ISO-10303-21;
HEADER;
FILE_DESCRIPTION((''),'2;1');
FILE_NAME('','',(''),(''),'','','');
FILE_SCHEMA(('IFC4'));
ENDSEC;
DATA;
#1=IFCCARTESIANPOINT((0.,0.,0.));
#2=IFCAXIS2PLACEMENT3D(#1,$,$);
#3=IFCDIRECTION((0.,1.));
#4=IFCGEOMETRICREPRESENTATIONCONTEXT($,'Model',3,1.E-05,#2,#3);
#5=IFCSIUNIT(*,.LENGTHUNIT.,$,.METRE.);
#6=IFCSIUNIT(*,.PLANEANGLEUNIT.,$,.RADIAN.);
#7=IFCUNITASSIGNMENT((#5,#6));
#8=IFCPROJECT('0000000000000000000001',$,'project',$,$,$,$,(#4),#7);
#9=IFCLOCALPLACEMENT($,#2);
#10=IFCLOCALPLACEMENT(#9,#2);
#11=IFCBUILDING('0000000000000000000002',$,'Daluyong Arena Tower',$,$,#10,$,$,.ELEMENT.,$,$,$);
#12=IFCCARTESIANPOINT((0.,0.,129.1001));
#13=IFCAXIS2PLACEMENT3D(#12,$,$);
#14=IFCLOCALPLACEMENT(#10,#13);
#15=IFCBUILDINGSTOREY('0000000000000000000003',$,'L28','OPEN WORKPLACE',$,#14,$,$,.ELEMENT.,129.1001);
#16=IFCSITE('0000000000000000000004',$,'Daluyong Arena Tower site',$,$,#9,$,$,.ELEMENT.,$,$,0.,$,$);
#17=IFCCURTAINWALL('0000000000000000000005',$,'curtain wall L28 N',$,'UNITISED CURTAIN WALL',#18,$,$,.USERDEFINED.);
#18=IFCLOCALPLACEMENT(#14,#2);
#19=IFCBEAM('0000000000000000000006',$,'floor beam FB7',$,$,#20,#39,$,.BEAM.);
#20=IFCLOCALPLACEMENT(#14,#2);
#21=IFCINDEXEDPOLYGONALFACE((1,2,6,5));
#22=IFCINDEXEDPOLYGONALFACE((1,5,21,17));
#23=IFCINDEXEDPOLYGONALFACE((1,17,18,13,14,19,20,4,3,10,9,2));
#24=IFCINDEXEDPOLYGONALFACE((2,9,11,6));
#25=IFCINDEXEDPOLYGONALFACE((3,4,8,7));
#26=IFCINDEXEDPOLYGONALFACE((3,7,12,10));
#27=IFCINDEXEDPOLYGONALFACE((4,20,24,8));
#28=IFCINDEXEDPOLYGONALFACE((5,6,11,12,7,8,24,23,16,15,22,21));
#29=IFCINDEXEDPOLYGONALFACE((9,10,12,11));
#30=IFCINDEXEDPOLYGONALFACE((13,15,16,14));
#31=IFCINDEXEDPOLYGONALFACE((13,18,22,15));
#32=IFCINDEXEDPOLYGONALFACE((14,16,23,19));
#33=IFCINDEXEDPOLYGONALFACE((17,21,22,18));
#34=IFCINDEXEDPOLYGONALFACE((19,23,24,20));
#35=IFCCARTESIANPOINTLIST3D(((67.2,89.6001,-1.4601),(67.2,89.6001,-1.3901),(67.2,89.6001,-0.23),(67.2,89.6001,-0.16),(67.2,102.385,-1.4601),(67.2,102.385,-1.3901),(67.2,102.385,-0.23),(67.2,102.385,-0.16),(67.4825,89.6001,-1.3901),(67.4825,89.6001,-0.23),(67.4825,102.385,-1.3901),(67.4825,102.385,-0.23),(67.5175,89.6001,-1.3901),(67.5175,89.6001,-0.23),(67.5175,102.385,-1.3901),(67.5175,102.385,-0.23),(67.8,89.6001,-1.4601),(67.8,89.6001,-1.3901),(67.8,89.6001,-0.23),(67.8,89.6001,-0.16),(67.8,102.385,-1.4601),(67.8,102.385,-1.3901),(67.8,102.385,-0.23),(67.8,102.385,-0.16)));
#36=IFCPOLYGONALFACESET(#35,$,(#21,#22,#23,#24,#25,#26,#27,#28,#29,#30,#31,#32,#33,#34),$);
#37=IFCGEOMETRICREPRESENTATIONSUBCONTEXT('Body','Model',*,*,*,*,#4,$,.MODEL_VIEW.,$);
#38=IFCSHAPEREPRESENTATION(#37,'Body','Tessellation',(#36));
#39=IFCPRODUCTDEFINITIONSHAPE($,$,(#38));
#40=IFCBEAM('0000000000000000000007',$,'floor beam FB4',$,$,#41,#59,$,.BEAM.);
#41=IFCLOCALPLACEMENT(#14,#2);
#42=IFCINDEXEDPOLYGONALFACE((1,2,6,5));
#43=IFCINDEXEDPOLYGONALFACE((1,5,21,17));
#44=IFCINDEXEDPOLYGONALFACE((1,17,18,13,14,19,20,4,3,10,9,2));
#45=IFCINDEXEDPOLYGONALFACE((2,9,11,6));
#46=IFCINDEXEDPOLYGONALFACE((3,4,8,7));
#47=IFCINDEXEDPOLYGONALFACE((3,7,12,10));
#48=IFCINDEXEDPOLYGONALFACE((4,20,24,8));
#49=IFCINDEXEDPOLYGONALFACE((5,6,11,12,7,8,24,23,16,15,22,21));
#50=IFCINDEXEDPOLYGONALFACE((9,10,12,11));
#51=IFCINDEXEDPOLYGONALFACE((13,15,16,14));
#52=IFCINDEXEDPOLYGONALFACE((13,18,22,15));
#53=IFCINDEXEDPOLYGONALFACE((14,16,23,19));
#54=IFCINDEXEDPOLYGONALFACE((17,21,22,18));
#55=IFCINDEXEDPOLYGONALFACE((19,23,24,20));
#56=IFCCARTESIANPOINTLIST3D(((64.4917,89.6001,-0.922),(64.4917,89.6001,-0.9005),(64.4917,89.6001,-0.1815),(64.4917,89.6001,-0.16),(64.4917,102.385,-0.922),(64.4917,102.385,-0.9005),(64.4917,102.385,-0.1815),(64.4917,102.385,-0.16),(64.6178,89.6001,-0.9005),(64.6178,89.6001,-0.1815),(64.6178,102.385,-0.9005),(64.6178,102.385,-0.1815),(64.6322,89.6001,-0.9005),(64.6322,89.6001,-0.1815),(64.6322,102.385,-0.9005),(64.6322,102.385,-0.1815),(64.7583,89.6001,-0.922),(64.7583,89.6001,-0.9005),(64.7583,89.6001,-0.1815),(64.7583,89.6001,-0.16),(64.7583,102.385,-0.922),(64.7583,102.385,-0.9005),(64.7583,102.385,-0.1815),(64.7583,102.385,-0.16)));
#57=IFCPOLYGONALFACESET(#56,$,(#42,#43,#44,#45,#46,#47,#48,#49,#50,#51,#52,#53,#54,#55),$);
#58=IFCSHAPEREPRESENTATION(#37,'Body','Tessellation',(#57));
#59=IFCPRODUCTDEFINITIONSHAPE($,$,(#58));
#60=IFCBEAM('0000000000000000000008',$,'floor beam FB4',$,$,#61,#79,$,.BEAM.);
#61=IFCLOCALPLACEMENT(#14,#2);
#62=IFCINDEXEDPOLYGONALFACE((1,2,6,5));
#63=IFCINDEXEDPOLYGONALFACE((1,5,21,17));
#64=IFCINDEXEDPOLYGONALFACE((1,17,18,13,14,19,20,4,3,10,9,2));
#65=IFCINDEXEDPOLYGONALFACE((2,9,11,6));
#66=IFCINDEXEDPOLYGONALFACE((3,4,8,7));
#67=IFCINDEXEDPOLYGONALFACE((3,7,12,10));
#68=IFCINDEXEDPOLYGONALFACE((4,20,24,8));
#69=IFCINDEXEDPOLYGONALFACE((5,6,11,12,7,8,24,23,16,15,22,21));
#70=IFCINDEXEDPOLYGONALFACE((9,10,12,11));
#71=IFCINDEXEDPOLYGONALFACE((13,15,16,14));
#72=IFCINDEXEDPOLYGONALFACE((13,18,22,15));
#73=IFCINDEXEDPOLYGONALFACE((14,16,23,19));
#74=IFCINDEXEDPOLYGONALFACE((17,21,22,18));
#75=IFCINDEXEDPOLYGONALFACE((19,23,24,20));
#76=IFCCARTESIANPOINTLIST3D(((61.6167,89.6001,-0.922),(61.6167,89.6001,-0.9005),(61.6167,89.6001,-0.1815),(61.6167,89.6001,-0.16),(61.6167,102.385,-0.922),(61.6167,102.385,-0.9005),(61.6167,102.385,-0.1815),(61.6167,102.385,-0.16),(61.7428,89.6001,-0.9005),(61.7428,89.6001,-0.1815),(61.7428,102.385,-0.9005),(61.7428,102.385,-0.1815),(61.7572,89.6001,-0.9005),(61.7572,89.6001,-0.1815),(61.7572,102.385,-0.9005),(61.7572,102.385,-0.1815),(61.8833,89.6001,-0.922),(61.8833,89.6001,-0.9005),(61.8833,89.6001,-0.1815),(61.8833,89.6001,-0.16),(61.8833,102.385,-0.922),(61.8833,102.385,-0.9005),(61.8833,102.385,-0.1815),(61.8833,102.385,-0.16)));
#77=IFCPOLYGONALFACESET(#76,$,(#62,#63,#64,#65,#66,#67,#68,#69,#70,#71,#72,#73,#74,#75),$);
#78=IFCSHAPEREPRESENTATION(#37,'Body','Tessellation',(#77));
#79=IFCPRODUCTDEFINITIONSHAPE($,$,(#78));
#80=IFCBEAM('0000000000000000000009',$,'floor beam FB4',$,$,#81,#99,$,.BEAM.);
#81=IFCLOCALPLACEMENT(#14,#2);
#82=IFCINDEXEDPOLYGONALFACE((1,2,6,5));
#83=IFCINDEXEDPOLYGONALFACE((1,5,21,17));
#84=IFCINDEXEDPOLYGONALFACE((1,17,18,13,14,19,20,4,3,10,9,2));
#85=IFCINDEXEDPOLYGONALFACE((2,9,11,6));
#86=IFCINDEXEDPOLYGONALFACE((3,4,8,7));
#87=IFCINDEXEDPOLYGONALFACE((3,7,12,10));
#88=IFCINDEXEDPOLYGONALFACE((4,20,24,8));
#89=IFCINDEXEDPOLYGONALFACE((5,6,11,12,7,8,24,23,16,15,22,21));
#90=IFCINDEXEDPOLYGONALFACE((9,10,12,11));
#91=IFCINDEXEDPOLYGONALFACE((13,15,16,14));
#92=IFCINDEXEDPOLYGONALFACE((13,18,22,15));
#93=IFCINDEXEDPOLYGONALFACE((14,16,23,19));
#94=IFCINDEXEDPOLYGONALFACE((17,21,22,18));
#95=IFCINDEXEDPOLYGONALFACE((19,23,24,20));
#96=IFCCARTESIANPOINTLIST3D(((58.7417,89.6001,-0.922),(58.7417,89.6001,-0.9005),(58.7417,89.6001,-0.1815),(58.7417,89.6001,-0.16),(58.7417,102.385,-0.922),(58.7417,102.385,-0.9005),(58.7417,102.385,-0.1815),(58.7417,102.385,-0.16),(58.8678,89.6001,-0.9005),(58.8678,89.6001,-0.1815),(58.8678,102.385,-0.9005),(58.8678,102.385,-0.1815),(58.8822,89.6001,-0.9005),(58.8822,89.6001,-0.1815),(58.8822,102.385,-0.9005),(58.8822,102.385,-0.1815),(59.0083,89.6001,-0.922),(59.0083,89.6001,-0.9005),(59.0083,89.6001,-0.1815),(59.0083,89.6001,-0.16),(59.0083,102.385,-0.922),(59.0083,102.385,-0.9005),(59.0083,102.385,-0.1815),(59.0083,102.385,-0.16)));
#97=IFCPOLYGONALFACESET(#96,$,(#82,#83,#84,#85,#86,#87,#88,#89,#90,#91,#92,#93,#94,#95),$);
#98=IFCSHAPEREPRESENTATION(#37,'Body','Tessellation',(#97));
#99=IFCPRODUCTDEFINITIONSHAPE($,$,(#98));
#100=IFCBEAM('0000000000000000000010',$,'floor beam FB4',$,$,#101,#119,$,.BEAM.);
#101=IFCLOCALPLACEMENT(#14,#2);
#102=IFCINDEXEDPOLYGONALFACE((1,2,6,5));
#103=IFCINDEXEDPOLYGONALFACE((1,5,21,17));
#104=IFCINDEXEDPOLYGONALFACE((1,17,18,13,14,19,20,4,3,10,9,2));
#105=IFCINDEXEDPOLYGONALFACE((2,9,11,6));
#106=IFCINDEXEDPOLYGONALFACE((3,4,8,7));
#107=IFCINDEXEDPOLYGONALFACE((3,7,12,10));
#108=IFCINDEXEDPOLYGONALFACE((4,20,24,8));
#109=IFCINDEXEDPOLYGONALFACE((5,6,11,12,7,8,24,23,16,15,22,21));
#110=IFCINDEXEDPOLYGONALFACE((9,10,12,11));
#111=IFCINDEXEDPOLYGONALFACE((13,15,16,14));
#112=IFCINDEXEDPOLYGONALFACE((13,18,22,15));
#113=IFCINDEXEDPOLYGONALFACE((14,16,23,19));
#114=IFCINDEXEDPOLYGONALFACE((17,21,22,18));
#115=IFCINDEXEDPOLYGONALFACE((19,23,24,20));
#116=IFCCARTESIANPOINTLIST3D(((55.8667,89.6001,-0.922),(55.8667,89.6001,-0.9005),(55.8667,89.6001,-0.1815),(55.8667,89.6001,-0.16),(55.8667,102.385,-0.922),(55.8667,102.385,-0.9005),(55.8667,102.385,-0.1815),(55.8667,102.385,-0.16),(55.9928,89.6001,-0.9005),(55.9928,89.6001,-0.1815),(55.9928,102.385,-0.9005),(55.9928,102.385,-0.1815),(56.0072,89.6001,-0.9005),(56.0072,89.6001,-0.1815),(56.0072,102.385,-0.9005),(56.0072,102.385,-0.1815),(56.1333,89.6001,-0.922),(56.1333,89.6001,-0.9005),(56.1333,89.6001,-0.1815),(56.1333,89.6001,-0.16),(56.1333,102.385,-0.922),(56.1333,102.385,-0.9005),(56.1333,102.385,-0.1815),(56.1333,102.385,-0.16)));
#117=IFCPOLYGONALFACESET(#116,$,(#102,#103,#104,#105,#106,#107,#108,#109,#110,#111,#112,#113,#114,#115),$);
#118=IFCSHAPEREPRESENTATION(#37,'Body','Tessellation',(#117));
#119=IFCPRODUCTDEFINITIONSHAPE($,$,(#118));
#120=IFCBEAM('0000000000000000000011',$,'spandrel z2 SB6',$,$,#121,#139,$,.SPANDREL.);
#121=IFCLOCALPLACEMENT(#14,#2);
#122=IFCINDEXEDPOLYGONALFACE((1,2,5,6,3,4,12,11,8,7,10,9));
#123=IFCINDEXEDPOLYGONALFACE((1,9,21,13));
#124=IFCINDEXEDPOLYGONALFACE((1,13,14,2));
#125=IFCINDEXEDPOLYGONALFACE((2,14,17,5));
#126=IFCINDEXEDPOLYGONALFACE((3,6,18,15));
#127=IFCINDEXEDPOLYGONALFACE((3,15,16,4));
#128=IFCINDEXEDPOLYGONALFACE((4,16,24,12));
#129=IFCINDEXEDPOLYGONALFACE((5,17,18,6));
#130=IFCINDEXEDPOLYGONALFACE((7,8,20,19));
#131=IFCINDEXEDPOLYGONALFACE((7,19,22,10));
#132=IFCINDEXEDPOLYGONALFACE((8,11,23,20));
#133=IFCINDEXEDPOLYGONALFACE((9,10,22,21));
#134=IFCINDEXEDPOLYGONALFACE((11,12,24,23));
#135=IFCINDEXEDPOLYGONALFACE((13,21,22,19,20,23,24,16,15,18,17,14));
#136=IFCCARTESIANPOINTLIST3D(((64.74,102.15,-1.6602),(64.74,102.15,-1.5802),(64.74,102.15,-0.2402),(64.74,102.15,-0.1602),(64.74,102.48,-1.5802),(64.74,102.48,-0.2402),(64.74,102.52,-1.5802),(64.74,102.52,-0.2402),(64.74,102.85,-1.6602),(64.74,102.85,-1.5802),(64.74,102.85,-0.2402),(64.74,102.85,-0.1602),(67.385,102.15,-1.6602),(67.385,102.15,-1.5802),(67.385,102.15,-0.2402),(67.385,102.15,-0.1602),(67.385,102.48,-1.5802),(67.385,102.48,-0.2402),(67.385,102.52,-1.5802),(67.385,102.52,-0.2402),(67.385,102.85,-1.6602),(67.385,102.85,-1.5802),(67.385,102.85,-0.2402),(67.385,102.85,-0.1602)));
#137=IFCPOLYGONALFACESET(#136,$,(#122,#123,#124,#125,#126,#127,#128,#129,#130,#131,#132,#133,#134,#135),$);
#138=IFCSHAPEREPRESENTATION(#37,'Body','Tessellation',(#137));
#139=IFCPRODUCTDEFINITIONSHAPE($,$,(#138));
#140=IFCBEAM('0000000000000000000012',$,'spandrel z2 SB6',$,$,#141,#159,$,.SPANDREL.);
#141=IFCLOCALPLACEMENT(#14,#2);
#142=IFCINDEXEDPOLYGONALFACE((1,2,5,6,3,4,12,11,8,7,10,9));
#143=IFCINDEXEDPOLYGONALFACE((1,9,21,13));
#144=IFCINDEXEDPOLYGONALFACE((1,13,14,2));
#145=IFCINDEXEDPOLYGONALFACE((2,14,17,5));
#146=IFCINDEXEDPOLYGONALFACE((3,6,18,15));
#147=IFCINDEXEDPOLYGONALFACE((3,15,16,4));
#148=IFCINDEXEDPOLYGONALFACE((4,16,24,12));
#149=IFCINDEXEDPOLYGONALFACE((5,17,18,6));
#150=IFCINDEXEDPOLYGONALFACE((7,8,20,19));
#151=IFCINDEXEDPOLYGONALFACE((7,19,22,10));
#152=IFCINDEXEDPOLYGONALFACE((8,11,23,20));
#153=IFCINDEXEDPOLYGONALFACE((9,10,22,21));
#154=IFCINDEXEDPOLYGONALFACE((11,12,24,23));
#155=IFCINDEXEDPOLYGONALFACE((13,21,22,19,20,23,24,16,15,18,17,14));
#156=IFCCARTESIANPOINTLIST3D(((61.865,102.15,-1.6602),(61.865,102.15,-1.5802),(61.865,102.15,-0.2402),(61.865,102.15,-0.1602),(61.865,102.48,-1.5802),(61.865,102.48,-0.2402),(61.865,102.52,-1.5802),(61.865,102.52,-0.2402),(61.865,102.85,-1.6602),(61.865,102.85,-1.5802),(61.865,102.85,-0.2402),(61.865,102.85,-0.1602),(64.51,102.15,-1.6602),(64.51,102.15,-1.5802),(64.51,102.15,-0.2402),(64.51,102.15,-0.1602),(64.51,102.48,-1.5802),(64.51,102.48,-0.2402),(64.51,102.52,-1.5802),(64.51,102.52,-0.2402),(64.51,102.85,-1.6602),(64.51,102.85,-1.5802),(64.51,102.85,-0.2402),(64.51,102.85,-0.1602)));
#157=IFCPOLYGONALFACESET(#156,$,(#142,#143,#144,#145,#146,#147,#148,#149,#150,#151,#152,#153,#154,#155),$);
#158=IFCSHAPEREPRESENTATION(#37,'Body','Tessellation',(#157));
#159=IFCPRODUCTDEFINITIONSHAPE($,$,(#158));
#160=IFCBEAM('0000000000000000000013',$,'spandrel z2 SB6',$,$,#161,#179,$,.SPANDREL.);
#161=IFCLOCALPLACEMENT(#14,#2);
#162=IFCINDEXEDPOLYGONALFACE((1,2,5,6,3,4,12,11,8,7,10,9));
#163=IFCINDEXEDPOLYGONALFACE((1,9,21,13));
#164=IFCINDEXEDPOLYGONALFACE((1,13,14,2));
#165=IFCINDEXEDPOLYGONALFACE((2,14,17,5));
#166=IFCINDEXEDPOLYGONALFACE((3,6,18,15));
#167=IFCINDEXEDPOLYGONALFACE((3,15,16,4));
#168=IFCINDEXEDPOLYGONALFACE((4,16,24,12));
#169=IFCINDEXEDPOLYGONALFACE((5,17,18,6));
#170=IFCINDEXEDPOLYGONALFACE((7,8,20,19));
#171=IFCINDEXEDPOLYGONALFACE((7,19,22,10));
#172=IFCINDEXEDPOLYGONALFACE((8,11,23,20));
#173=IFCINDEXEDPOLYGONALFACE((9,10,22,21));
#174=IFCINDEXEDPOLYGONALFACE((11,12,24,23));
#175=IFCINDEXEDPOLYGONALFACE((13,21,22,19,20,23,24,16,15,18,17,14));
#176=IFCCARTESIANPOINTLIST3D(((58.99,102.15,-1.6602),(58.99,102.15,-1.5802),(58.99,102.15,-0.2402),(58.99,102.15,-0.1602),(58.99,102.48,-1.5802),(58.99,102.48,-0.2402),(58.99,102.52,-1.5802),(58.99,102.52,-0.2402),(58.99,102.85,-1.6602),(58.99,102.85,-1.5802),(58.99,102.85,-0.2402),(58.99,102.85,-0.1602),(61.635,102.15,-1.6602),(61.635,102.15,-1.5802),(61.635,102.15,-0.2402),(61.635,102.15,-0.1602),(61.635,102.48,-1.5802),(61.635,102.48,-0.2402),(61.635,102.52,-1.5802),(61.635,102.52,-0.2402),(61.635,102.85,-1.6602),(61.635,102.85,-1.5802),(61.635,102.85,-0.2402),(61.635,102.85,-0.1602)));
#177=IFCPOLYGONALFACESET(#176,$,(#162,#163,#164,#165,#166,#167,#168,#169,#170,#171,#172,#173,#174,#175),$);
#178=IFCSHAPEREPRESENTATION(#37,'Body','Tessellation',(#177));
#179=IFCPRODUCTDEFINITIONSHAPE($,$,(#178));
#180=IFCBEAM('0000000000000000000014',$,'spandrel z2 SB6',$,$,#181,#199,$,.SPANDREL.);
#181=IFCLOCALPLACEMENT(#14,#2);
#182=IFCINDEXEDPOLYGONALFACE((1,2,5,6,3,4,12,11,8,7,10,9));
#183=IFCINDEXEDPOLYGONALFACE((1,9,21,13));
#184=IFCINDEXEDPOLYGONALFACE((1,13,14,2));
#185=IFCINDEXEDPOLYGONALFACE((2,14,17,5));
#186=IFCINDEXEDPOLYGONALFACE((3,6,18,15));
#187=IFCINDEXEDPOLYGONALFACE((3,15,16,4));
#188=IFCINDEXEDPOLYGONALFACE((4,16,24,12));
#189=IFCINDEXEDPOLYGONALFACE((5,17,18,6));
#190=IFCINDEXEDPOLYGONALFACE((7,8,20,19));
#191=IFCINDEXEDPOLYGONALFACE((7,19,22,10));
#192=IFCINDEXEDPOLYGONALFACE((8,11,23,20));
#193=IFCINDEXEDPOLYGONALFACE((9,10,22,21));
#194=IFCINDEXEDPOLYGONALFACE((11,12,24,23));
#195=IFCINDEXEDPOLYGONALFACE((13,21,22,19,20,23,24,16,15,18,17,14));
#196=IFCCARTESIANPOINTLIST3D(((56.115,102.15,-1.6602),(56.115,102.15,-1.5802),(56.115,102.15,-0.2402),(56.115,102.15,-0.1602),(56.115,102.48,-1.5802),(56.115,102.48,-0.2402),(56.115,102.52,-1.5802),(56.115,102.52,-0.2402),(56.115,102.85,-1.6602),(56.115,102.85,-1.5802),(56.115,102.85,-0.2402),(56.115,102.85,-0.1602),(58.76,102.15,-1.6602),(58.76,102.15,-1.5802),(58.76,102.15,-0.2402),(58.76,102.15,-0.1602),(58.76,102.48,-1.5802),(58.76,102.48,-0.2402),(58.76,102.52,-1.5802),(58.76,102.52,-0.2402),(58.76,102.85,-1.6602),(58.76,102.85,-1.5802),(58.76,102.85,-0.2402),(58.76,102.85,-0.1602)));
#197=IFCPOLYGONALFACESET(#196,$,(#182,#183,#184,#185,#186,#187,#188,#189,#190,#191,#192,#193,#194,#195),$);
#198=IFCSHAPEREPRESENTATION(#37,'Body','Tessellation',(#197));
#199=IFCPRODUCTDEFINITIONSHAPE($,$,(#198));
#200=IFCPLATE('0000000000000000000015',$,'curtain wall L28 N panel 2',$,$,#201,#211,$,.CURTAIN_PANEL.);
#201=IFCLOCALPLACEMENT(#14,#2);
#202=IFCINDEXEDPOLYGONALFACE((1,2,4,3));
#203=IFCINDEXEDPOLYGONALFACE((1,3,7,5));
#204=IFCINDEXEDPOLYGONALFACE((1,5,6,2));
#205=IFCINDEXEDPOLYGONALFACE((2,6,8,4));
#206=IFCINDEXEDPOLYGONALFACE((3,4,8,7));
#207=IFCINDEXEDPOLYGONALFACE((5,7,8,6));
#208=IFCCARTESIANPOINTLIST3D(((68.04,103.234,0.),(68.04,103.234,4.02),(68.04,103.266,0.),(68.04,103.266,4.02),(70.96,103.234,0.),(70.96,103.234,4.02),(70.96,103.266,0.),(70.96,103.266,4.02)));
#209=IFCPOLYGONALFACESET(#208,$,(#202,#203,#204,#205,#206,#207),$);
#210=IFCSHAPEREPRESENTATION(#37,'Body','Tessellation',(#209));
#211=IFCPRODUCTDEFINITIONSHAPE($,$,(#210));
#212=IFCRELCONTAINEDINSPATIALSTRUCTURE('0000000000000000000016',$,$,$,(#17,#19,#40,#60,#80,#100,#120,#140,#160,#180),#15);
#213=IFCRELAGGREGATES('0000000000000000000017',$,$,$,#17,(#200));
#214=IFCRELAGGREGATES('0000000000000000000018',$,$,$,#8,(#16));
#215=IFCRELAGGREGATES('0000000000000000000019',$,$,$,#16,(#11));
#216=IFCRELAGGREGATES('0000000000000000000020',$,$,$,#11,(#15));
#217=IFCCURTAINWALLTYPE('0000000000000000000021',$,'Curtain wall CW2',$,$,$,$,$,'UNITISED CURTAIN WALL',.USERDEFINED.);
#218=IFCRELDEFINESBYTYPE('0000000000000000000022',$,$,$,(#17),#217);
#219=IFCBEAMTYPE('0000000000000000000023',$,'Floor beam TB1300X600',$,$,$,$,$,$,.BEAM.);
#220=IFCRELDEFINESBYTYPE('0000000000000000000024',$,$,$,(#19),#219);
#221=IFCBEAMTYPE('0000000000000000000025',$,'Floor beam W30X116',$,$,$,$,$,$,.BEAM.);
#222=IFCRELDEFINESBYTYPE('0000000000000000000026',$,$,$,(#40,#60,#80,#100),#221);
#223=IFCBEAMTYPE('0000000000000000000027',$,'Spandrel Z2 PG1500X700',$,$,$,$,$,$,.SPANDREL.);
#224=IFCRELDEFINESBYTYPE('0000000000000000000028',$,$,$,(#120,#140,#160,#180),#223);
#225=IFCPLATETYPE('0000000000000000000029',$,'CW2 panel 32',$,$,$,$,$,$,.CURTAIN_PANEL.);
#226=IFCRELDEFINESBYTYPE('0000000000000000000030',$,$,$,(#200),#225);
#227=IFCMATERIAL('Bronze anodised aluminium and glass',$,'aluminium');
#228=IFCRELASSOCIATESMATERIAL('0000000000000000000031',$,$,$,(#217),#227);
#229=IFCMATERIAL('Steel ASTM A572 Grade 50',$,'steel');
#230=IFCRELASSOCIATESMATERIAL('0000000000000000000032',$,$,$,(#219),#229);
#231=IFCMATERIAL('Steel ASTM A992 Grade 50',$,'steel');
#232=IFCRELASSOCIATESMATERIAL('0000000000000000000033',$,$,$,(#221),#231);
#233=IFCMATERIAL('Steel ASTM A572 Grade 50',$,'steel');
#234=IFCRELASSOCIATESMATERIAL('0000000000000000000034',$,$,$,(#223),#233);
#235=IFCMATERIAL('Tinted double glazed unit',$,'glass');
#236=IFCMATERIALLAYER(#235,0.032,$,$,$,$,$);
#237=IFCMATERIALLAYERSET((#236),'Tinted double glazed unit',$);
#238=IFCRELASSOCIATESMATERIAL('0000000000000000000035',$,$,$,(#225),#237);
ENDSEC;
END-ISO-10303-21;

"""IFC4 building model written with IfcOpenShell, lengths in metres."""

from ifc_helpers import new_model, si_unit, direction, frame, origin, origin_2d, place, context, subcontext, project, spatial, rectangle, i_section, extrude, material, layer, layer_set, material_profile, profile_set, type_object, element, aggregate, save


model = new_model("IFC4")

# Units and contexts
model_context = context("Model", 3, precision=1e-05, world=origin(), true_north=direction((0.0, 1.0)))
body_context = subcontext(model_context, "Body", "Model", "MODEL_VIEW")
ifc_project = project(units=[si_unit("LENGTHUNIT", "METRE"), si_unit("PLANEANGLEUNIT", "RADIAN")], contexts=[model_context])

# Site, building, storey
site_placement = place(None, origin())
site = spatial("IfcSite", under=ifc_project, at=site_placement, Name="Daluyong Arena Tower site", CompositionType="ELEMENT", RefElevation=0.0)
building_placement = place(site_placement, origin())
building = spatial("IfcBuilding", under=site, at=building_placement, Name="Daluyong Arena Tower", CompositionType="ELEMENT")
storey_placement = place(building_placement, frame((0.0, 0.0, 129.1001)))
storey = spatial("IfcBuildingStorey", under=building, at=storey_placement, Name="L28", Description="OPEN WORKPLACE", CompositionType="ELEMENT", Elevation=129.1001)

# Curtain wall
ifc_material_1 = material(Name="Bronze anodised aluminium and glass", Category="aluminium")
curtain_wall_type = type_object("IfcCurtainWallType", Name="Curtain wall CW2", ElementType="UNITISED CURTAIN WALL", PredefinedType="USERDEFINED", material=ifc_material_1)
curtain_wall_placement = place(storey_placement, origin())
curtain_wall = element("IfcCurtainWall", 1, at=curtain_wall_placement, inside=storey, type_object=curtain_wall_type, Name="curtain wall L28 N", ObjectType="UNITISED CURTAIN WALL", PredefinedType="USERDEFINED")

# Beams
ifc_material_2 = material(Name="Steel ASTM A572 Grade 50", Category="steel")
ifc_material_profile_1 = material_profile(ifc_material_2, i_section(OverallWidth=0.6001, OverallDepth=1.3, WebThickness=0.035, FlangeThickness=0.07, at=origin_2d()))
ifc_profile_set_1 = profile_set([ifc_material_profile_1], Name="Steel ASTM A572 Grade 50")
beam_type_1 = type_object("IfcBeamType", Name="Floor beam TB1300X600", PredefinedType="BEAM", material=ifc_profile_set_1)
beam_placement = place(storey_placement, frame((67.5, 102.385, -0.8101), z_axis=(0.0, -1.0, 0.0), x_axis=(1.0, 0.0, 0.0)))
element("IfcBeam", 2, at=beam_placement, inside=storey, type_object=beam_type_1, Name="floor beam FB7", PredefinedType="BEAM", context=body_context, shape_type="SweptSolid", body=[
    extrude(i_section(OverallWidth=0.6001, OverallDepth=1.3, WebThickness=0.035, FlangeThickness=0.07, at=origin_2d()), origin(), (0.0, 0.0, 1.0), 12.7849),
])
ifc_material_3 = material(Name="Steel ASTM A992 Grade 50", Category="steel")
ifc_material_profile_2 = material_profile(ifc_material_3, i_section(OverallWidth=0.2666, OverallDepth=0.762, WebThickness=0.0144, FlangeThickness=0.0215, at=origin_2d()))
ifc_profile_set_2 = profile_set([ifc_material_profile_2], Name="Steel ASTM A992 Grade 50")
beam_type_2 = type_object("IfcBeamType", Name="Floor beam W30X116", PredefinedType="BEAM", material=ifc_profile_set_2)
for number, where, z_axis, x_axis, name in (
    (3, (64.625, 102.385, -0.541), (0.0, -1.0, 0.0), (1.0, 0.0, 0.0), "floor beam FB4"),
    (4, (61.75, 102.385, -0.541), (0.0, -1.0, 0.0), (1.0, 0.0, 0.0), "floor beam FB4"),
    (5, (58.875, 102.385, -0.541), (0.0, -1.0, 0.0), (1.0, 0.0, 0.0), "floor beam FB4"),
    (6, (56.0, 102.385, -0.541), (0.0, -1.0, 0.0), (1.0, 0.0, 0.0), "floor beam FB4"),
):
    element("IfcBeam", number, at=place(storey_placement, frame(where, z_axis=z_axis, x_axis=x_axis)), inside=storey, type_object=beam_type_2, Name=name, PredefinedType="BEAM", context=body_context, shape_type="SweptSolid", body=[
        extrude(i_section(OverallWidth=0.2666, OverallDepth=0.762, WebThickness=0.0144, FlangeThickness=0.0215, at=origin_2d()), origin(), (0.0, 0.0, 1.0), 12.7849),
    ])
ifc_material_4 = material(Name="Steel ASTM A572 Grade 50", Category="steel")
ifc_material_profile_3 = material_profile(ifc_material_4, i_section(OverallWidth=0.7, OverallDepth=1.5, WebThickness=0.04, FlangeThickness=0.08, at=origin_2d()))
ifc_profile_set_3 = profile_set([ifc_material_profile_3], Name="Steel ASTM A572 Grade 50")
beam_type_3 = type_object("IfcBeamType", Name="Spandrel Z2 PG1500X700", PredefinedType="SPANDREL", material=ifc_profile_set_3)
for number, where, z_axis, x_axis, name in (
    (7, (67.385, 102.5, -0.9102), (-1.0, 0.0, 0.0), (0.0, -1.0, 0.0), "spandrel z2 SB6"),
    (8, (64.51, 102.5, -0.9102), (-1.0, 0.0, 0.0), (0.0, -1.0, 0.0), "spandrel z2 SB6"),
    (9, (61.635, 102.5, -0.9102), (-1.0, 0.0, 0.0), (0.0, -1.0, 0.0), "spandrel z2 SB6"),
    (10, (58.76, 102.5, -0.9102), (-1.0, 0.0, 0.0), (0.0, -1.0, 0.0), "spandrel z2 SB6"),
):
    element("IfcBeam", number, at=place(storey_placement, frame(where, z_axis=z_axis, x_axis=x_axis)), inside=storey, type_object=beam_type_3, Name=name, PredefinedType="SPANDREL", context=body_context, shape_type="SweptSolid", body=[
        extrude(i_section(OverallWidth=0.7, OverallDepth=1.5, WebThickness=0.04, FlangeThickness=0.08, at=origin_2d()), origin(), (0.0, 0.0, 1.0), 2.645),
    ])

# Plate
ifc_material_5 = material(Name="Tinted double glazed unit", Category="glass")
ifc_layer_1 = layer(ifc_material_5, 0.032)
ifc_layer_set_1 = layer_set([ifc_layer_1], Name="Tinted double glazed unit")
plate_type = type_object("IfcPlateType", Name="CW2 panel 32", PredefinedType="CURTAIN_PANEL", material=ifc_layer_set_1)
plate_1_placement = place(storey_placement, frame((69.5, 103.25, 0.0), z_axis=(0.0, 0.0, 1.0), x_axis=(-1.0, 0.0, 0.0)))
plate_1 = element("IfcPlate", 11, at=plate_1_placement, type_object=plate_type, Name="curtain wall L28 N panel 2", PredefinedType="CURTAIN_PANEL", context=body_context, shape_type="SweptSolid", body=[
    extrude(rectangle(XDim=2.9199, YDim=0.032, at=origin_2d()), origin(), (0.0, 0.0, 1.0), 4.02),
])
aggregate(curtain_wall, [plate_1])

save(model, "model.ifc")
